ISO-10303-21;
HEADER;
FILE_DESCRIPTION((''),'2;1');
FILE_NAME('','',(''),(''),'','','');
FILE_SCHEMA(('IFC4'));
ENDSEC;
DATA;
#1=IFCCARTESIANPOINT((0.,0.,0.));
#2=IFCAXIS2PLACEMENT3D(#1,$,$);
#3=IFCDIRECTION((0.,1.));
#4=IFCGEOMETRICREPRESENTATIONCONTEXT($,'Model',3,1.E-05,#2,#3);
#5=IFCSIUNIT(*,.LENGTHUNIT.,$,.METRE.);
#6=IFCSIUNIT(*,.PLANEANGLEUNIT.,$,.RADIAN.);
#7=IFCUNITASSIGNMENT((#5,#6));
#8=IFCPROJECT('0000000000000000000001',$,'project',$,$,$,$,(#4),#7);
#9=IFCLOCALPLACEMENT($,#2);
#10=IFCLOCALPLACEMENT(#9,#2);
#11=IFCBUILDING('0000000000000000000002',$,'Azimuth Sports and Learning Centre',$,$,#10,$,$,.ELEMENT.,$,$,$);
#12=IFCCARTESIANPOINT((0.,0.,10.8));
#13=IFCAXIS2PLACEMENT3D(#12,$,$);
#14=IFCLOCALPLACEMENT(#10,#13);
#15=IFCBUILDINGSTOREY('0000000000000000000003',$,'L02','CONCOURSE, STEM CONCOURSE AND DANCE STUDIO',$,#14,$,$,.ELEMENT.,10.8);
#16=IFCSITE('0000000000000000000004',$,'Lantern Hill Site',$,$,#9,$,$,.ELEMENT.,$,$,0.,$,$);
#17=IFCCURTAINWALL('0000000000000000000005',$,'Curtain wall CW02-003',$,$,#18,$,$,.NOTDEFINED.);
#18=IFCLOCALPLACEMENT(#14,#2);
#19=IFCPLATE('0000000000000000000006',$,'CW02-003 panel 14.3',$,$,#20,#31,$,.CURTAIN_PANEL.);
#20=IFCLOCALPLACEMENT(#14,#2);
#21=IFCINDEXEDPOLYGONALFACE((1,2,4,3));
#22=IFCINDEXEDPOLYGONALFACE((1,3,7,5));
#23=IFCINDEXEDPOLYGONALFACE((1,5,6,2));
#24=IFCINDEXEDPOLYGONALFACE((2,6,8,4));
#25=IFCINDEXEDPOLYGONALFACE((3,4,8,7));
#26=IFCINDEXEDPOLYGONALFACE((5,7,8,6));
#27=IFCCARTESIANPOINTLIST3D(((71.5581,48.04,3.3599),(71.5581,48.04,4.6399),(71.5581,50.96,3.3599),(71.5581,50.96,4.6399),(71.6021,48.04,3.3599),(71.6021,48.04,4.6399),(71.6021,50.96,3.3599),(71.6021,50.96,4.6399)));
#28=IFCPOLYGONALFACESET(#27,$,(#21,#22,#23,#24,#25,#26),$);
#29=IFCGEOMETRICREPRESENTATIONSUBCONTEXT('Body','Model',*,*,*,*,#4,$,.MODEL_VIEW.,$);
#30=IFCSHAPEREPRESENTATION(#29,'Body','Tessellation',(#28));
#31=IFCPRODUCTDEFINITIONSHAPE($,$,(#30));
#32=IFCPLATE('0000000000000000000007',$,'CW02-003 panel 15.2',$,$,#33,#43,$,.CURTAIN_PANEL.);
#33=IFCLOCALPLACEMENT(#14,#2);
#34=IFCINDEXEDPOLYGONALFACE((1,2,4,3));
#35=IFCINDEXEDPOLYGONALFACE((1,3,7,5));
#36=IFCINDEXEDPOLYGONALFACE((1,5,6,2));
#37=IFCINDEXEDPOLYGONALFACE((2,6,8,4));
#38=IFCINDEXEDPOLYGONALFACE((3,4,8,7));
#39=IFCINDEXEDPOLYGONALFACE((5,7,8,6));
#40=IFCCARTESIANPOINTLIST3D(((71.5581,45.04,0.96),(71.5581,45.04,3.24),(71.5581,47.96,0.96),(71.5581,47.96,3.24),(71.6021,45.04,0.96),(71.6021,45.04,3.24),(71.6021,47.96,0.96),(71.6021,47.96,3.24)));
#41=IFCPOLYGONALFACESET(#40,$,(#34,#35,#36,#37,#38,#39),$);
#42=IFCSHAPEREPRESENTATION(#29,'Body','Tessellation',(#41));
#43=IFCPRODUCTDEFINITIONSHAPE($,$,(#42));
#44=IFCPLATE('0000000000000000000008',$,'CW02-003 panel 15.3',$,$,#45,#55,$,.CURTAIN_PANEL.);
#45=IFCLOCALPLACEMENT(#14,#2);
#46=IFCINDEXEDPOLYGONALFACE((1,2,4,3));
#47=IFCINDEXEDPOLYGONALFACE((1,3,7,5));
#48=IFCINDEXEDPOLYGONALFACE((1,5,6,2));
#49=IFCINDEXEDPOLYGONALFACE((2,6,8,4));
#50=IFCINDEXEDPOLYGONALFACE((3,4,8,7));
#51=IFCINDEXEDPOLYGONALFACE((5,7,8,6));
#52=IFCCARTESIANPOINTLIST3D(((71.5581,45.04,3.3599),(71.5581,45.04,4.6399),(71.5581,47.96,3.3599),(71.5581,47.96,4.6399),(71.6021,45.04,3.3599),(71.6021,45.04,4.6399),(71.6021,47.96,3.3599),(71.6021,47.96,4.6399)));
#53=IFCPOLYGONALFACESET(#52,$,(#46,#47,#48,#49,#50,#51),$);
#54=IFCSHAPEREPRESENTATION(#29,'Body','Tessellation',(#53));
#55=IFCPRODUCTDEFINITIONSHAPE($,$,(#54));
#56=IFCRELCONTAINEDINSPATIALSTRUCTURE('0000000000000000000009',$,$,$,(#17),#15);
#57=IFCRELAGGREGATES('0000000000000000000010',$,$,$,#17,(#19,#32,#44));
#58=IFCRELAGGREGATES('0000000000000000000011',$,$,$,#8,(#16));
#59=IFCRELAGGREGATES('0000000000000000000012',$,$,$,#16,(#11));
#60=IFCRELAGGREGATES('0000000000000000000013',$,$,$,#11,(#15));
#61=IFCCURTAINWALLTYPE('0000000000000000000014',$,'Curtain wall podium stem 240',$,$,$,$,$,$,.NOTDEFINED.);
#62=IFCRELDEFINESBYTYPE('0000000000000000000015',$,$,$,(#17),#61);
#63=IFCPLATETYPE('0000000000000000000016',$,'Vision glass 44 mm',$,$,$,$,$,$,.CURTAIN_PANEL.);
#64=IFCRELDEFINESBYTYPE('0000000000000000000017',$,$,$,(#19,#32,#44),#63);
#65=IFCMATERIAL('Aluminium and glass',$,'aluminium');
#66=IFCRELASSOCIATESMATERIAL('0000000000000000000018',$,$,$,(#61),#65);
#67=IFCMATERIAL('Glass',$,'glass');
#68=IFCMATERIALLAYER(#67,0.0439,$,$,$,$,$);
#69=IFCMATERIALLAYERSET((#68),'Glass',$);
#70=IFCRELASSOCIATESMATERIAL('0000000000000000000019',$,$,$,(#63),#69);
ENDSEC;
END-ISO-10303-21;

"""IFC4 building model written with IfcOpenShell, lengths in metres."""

from ifc_helpers import new_model, si_unit, direction, frame, origin, origin_2d, place, context, subcontext, project, spatial, rectangle, extrude, material, layer, layer_set, type_object, element, aggregate, save


model = new_model("IFC4")

# Units and contexts
model_context = context("Model", 3, precision=1e-05, world=origin(), true_north=direction((0.0, 1.0)))
body_context = subcontext(model_context, "Body", "Model", "MODEL_VIEW")
ifc_project = project(units=[si_unit("LENGTHUNIT", "METRE"), si_unit("PLANEANGLEUNIT", "RADIAN")], contexts=[model_context])

# Site, building, storey
site_placement = place(None, origin())
site = spatial("IfcSite", under=ifc_project, at=site_placement, Name="Lantern Hill Site", CompositionType="ELEMENT", RefElevation=0.0)
building_placement = place(site_placement, origin())
building = spatial("IfcBuilding", under=site, at=building_placement, Name="Azimuth Sports and Learning Centre", CompositionType="ELEMENT")
storey_placement = place(building_placement, frame((0.0, 0.0, 10.8)))
storey = spatial("IfcBuildingStorey", under=building, at=storey_placement, Name="L02", Description="CONCOURSE, STEM CONCOURSE AND DANCE STUDIO", CompositionType="ELEMENT", Elevation=10.8)

# Curtain wall, plates
ifc_material_1 = material(Name="Aluminium and glass", Category="aluminium")
curtain_wall_type = type_object("IfcCurtainWallType", Name="Curtain wall podium stem 240", PredefinedType="NOTDEFINED", material=ifc_material_1)
curtain_wall_placement = place(storey_placement, origin())
curtain_wall = element("IfcCurtainWall", 1, at=curtain_wall_placement, inside=storey, type_object=curtain_wall_type, Name="Curtain wall CW02-003", PredefinedType="NOTDEFINED")
ifc_material_2 = material(Name="Glass", Category="glass")
ifc_layer_1 = layer(ifc_material_2, 0.0439)
ifc_layer_set_1 = layer_set([ifc_layer_1], Name="Glass")
plate_type_1 = type_object("IfcPlateType", Name="Vision glass 44 mm", PredefinedType="CURTAIN_PANEL", material=ifc_layer_set_1)
plate_1_placement = place(storey_placement, frame((71.5801, 49.5, 3.3599), z_axis=(0.0, 0.0, 1.0), x_axis=(0.0, -1.0, 0.0)))
plate_1 = element("IfcPlate", 2, at=plate_1_placement, type_object=plate_type_1, Name="CW02-003 panel 14.3", PredefinedType="CURTAIN_PANEL", context=body_context, shape_type="SweptSolid", body=[
    extrude(rectangle(XDim=2.9199, YDim=0.0439, at=origin_2d()), origin(), (0.0, 0.0, 1.0), 1.28),
])
plate_2_placement = place(storey_placement, frame((71.5801, 46.5, 0.96), z_axis=(0.0, 0.0, 1.0), x_axis=(0.0, -1.0, 0.0)))
plate_2 = element("IfcPlate", 3, at=plate_2_placement, type_object=plate_type_1, Name="CW02-003 panel 15.2", PredefinedType="CURTAIN_PANEL", context=body_context, shape_type="SweptSolid", body=[
    extrude(rectangle(XDim=2.9199, YDim=0.0439, at=origin_2d()), origin(), (0.0, 0.0, 1.0), 2.28),
])
plate_3_placement = place(storey_placement, frame((71.5801, 46.5, 3.3599), z_axis=(0.0, 0.0, 1.0), x_axis=(0.0, -1.0, 0.0)))
plate_3 = element("IfcPlate", 4, at=plate_3_placement, type_object=plate_type_1, Name="CW02-003 panel 15.3", PredefinedType="CURTAIN_PANEL", context=body_context, shape_type="SweptSolid", body=[
    extrude(rectangle(XDim=2.9199, YDim=0.0439, at=origin_2d()), origin(), (0.0, 0.0, 1.0), 1.28),
])
aggregate(curtain_wall, [plate_1, plate_2, plate_3])

save(model, "model.ifc")
